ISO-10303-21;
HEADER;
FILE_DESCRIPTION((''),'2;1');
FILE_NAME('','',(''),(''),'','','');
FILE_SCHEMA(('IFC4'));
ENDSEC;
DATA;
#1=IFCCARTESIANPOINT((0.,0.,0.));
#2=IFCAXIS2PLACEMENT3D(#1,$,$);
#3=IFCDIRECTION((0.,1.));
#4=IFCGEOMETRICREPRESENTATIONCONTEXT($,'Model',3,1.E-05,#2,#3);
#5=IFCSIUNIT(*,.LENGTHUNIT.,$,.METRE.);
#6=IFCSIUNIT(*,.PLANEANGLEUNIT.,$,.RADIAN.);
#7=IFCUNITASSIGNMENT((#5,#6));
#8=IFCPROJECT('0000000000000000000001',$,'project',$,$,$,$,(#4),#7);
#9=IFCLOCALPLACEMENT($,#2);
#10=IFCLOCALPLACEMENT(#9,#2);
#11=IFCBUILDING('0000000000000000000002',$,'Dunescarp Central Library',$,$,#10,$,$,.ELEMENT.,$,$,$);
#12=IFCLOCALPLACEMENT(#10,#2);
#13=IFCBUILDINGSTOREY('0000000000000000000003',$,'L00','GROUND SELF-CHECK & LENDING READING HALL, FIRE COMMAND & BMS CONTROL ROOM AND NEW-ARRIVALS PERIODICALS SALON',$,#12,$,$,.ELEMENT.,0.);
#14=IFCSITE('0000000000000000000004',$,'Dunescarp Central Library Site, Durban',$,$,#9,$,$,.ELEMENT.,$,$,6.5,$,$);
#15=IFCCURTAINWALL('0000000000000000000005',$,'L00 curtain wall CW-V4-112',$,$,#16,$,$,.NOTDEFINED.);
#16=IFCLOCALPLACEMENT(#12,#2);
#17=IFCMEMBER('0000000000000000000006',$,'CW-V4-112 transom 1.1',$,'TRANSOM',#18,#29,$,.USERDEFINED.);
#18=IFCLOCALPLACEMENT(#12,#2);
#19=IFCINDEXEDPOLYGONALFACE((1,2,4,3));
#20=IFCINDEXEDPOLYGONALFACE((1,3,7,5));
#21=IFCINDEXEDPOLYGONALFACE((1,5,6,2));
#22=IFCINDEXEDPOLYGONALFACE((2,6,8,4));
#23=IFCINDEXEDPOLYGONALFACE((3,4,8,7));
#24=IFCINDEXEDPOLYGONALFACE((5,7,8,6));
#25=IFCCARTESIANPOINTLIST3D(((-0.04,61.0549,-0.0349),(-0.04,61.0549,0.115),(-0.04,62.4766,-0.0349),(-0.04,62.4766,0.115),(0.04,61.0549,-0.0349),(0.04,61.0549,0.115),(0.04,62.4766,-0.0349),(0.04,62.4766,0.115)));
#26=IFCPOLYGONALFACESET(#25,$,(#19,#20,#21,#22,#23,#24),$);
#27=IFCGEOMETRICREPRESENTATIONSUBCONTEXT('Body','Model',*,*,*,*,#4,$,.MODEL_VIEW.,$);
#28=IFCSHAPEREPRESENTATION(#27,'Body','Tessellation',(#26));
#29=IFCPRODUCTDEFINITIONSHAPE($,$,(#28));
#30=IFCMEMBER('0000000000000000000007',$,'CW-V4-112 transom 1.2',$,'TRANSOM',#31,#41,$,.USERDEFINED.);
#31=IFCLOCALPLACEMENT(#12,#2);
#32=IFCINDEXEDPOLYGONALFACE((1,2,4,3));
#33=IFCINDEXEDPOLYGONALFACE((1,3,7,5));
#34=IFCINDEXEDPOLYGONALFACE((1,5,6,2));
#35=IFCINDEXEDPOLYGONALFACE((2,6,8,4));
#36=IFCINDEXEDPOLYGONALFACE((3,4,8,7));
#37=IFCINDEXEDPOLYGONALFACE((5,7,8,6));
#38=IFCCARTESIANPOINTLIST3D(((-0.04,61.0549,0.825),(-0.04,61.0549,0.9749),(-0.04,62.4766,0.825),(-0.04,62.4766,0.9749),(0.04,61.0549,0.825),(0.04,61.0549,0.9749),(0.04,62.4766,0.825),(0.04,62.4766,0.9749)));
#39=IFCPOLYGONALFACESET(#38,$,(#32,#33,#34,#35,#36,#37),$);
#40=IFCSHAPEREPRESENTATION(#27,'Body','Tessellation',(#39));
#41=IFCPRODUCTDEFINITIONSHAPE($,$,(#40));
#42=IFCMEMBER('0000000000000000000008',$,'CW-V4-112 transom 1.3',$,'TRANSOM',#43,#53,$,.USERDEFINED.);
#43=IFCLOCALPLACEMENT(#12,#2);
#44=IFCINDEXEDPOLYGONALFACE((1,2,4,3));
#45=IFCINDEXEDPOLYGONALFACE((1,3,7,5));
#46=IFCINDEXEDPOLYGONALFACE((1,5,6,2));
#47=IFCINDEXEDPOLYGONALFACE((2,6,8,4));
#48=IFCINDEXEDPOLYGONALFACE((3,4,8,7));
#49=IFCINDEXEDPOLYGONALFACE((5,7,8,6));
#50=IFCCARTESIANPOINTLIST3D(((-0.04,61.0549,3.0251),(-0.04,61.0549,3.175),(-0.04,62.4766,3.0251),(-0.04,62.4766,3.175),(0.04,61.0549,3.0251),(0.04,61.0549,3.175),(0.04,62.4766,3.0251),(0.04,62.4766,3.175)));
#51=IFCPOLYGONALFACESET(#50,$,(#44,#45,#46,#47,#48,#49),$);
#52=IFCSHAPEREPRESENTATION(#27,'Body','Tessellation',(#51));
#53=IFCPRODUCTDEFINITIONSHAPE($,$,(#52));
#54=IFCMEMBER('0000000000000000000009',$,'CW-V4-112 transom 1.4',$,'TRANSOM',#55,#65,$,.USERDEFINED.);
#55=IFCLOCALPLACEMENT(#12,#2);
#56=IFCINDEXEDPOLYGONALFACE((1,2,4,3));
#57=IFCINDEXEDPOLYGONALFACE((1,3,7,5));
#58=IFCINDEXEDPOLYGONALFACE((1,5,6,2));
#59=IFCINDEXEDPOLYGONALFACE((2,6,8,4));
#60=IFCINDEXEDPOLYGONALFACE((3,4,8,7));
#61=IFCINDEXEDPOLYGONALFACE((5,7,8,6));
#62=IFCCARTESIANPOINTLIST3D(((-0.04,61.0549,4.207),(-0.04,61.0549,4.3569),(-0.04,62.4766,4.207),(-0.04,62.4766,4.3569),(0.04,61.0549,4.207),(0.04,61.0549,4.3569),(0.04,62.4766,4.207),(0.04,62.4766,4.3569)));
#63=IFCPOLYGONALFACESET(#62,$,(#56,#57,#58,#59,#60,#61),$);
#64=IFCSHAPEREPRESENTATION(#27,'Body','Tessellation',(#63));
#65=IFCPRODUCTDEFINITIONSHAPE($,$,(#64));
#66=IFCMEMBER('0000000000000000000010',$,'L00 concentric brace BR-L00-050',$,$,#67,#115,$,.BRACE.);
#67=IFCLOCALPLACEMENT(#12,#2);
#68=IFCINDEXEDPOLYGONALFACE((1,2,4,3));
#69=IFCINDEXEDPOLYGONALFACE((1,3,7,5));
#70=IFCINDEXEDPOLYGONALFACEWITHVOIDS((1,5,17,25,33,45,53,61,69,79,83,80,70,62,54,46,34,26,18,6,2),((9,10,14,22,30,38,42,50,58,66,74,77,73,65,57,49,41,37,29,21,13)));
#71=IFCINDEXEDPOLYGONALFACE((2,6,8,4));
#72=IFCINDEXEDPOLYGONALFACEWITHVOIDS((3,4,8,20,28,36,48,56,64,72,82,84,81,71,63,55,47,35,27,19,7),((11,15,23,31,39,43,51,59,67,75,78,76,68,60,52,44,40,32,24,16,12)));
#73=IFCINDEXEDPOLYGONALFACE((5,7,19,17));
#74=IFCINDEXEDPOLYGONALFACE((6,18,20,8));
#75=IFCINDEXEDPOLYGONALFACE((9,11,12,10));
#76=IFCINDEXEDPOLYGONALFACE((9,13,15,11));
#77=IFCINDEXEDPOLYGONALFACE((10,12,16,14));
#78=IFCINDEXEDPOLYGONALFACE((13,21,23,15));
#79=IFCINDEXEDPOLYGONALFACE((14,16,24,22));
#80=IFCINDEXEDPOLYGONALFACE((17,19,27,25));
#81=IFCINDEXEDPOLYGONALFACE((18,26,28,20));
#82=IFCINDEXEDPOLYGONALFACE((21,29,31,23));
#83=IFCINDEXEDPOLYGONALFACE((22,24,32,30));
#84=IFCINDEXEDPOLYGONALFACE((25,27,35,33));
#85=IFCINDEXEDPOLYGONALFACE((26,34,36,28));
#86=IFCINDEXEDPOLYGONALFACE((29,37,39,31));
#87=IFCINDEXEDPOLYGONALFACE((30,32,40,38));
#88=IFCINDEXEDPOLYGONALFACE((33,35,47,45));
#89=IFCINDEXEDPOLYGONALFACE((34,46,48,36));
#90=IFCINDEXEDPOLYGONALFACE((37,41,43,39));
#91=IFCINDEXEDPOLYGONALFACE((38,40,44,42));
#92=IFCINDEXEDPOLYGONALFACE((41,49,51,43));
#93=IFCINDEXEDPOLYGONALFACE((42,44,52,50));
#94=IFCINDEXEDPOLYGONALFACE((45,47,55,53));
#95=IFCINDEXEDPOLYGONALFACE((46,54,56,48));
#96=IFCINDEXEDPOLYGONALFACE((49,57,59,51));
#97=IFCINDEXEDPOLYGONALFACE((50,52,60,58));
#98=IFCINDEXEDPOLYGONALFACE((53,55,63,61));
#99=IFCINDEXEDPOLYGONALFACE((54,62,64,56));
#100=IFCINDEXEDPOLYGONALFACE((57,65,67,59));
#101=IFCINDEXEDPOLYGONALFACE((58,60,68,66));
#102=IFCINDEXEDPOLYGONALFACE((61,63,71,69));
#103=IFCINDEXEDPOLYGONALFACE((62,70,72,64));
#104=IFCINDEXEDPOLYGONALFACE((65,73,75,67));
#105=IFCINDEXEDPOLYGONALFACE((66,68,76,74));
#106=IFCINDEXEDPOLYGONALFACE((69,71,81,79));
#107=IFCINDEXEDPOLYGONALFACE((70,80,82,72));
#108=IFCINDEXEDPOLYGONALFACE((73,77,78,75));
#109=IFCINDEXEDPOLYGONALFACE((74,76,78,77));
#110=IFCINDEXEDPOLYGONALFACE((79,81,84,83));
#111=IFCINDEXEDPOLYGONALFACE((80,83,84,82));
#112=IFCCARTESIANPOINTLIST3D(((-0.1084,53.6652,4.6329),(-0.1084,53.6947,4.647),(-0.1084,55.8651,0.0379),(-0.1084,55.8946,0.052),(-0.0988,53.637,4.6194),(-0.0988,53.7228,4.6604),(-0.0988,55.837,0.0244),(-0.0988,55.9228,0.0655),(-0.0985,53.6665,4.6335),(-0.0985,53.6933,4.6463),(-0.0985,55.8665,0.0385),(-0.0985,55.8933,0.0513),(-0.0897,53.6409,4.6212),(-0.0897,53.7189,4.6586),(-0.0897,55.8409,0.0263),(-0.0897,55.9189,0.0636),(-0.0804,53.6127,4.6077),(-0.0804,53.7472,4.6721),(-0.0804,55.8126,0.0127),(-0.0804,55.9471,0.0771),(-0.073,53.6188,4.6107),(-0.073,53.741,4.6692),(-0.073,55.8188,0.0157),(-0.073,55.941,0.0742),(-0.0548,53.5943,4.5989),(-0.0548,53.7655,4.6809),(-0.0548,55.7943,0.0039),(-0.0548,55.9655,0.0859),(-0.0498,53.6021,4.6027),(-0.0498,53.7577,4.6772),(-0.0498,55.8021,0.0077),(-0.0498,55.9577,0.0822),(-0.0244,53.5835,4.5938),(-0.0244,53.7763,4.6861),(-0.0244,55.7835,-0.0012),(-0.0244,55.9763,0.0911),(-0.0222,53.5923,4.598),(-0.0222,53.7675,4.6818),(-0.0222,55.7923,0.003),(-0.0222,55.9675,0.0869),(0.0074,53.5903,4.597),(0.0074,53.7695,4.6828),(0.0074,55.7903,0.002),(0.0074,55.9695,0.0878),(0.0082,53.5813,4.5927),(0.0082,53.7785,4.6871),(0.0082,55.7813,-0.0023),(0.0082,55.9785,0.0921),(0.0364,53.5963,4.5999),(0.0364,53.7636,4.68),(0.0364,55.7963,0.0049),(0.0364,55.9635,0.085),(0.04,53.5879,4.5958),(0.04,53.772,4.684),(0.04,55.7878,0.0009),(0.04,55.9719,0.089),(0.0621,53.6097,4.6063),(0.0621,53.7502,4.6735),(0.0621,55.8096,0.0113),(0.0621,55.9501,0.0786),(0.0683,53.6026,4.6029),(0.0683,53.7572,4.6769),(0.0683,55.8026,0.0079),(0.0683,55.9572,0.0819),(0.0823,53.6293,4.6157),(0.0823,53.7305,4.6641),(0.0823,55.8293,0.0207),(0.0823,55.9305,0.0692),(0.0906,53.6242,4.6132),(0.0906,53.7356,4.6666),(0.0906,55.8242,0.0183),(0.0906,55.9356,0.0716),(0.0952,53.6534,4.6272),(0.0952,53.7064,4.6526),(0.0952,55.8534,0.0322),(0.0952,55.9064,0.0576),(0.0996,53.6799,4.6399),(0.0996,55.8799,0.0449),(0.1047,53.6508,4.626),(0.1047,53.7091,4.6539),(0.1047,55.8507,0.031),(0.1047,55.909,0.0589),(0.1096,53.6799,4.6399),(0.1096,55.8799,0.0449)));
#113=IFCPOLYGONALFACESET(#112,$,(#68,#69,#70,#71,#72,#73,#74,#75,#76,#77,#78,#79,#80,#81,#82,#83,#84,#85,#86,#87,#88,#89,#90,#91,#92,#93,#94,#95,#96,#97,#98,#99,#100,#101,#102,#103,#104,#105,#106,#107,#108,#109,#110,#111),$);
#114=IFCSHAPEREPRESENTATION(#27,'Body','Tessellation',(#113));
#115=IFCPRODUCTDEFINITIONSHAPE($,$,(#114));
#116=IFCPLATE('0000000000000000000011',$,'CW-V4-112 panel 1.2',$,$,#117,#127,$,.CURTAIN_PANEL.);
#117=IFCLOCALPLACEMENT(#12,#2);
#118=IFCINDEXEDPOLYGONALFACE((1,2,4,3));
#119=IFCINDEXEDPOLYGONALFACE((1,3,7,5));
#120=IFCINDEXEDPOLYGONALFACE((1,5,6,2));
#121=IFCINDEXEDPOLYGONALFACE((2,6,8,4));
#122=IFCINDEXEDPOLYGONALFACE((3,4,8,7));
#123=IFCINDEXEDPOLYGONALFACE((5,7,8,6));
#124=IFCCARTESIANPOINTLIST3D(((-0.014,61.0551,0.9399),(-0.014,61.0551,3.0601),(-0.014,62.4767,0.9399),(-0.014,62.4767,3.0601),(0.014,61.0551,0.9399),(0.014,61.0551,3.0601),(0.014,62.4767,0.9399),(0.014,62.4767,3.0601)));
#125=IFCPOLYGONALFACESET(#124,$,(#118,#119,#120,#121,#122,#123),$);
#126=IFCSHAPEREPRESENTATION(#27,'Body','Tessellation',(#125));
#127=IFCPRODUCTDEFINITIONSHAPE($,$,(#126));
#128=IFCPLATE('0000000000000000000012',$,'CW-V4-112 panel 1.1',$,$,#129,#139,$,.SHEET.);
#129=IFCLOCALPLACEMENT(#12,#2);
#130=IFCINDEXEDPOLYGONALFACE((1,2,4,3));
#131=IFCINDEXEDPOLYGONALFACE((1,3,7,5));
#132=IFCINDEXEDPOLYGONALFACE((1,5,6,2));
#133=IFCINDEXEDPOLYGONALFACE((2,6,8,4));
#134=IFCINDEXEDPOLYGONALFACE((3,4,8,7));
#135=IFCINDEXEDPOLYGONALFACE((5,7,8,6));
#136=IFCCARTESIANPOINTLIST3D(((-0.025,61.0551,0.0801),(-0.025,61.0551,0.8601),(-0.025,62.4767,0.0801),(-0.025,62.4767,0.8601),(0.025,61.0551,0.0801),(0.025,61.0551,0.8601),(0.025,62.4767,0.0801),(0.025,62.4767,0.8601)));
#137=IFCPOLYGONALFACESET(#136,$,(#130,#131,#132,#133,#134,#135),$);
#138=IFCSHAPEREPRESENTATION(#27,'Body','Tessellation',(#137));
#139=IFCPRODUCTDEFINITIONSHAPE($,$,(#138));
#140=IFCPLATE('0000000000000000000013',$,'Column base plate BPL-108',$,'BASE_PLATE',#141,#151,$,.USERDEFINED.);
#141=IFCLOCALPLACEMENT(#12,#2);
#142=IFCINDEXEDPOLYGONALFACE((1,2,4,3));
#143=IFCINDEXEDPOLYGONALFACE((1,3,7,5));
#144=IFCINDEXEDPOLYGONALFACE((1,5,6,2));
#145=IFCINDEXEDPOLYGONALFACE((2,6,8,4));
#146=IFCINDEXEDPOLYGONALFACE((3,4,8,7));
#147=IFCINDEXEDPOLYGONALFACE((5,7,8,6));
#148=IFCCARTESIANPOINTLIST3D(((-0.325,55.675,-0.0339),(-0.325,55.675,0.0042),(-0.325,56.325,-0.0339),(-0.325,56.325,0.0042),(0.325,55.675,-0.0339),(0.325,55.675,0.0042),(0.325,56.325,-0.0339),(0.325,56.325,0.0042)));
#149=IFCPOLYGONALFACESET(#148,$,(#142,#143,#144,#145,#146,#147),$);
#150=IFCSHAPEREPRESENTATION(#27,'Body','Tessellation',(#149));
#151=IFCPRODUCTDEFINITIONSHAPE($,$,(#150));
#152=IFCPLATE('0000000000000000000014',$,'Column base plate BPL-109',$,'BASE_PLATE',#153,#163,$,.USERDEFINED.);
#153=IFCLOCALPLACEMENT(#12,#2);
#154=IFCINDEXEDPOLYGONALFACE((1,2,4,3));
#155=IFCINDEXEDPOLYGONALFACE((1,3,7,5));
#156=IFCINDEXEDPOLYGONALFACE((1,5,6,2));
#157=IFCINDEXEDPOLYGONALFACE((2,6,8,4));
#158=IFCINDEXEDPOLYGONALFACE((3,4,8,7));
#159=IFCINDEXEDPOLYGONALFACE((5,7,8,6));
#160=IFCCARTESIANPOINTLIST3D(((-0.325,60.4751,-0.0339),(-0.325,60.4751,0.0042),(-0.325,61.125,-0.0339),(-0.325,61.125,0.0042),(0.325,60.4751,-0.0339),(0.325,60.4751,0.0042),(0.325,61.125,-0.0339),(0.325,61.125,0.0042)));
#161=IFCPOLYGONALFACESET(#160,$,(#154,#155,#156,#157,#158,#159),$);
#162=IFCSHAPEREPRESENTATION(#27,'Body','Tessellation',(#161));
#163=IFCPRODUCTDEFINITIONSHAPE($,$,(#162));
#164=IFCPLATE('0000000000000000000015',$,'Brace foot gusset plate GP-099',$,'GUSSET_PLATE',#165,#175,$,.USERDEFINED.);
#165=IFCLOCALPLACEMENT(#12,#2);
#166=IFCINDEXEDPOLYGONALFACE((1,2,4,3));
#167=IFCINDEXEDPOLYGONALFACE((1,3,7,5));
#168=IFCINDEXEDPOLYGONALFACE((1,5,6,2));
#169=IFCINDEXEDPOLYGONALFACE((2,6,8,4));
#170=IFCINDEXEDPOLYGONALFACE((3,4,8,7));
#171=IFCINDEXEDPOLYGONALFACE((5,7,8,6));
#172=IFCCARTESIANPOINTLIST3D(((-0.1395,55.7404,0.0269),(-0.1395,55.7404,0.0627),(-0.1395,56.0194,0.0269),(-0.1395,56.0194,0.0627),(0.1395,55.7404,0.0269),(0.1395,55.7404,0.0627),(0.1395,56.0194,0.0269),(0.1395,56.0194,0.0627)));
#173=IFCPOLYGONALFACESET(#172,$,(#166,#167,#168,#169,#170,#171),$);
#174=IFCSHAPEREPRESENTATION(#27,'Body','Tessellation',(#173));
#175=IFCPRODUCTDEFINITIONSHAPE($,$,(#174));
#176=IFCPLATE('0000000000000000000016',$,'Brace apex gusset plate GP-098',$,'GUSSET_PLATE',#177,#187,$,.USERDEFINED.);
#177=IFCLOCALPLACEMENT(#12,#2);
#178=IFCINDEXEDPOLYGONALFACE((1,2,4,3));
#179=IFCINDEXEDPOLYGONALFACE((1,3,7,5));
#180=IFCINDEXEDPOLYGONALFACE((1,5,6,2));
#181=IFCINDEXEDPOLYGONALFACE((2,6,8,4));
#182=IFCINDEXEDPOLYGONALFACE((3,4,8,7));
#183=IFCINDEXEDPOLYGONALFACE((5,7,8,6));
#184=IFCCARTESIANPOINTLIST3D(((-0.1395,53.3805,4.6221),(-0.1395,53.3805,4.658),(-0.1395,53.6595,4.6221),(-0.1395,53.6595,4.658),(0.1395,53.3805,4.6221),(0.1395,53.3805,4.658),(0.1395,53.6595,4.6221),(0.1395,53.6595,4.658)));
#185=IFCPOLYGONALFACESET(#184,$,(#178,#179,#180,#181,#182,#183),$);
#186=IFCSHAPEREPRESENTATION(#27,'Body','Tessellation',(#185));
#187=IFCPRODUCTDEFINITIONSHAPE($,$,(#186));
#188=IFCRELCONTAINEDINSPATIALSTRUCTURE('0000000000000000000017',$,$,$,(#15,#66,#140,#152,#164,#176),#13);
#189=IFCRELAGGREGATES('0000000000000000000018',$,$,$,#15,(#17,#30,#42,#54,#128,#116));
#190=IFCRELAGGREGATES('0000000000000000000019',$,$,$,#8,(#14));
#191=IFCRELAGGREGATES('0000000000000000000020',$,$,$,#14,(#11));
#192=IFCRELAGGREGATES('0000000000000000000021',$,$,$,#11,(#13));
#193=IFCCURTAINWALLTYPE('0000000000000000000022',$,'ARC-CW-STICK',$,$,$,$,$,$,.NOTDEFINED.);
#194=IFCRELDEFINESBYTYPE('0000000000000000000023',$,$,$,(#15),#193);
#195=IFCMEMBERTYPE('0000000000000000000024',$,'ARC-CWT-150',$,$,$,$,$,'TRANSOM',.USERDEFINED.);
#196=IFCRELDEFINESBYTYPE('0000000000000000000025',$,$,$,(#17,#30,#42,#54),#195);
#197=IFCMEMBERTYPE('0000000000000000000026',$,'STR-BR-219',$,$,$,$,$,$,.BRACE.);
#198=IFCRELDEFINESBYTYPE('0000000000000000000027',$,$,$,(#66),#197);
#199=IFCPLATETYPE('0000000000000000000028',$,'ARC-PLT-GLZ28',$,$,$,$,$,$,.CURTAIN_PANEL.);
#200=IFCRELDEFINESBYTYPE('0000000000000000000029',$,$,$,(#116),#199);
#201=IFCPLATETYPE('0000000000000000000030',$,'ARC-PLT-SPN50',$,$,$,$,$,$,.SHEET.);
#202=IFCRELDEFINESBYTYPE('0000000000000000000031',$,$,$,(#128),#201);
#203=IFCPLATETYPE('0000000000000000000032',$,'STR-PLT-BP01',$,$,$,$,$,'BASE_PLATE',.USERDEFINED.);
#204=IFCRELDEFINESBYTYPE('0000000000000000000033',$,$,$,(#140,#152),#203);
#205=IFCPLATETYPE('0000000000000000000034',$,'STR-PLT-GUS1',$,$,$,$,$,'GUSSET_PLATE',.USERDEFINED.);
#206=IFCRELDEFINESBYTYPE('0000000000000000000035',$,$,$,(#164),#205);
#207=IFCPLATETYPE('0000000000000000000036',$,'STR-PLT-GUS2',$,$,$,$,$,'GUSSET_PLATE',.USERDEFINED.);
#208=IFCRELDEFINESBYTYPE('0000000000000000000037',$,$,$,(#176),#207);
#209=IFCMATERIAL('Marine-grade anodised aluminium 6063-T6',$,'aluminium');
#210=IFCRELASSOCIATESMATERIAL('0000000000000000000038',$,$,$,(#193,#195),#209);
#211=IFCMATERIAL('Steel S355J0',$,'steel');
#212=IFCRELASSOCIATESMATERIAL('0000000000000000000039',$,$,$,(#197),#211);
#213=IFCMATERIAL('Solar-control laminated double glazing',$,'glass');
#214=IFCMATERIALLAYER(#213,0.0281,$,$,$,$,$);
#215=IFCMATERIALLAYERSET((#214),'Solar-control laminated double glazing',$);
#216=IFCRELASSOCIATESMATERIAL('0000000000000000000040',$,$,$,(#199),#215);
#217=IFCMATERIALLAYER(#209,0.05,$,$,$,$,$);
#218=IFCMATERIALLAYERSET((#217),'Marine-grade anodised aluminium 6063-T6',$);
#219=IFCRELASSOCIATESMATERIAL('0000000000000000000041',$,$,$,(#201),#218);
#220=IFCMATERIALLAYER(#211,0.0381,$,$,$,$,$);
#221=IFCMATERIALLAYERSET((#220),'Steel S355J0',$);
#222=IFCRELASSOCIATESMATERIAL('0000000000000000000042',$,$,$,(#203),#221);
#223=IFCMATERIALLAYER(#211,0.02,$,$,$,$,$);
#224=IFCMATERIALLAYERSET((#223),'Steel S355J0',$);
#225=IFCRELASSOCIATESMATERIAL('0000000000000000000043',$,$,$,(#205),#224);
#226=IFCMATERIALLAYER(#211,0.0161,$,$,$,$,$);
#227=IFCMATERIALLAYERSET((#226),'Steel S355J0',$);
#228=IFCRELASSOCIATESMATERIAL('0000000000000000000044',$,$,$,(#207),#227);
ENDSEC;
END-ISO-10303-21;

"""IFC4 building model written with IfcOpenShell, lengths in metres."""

from ifc_helpers import new_model, si_unit, direction, frame, origin, origin_2d, place, context, subcontext, project, spatial, rectangle, hollow_circle, extrude, material, layer, layer_set, material_profile, profile_set, type_object, element, aggregate, save


model = new_model("IFC4")

# Units and contexts
model_context = context("Model", 3, precision=1e-05, world=origin(), true_north=direction((0.0, 1.0)))
body_context = subcontext(model_context, "Body", "Model", "MODEL_VIEW")
ifc_project = project(units=[si_unit("LENGTHUNIT", "METRE"), si_unit("PLANEANGLEUNIT", "RADIAN")], contexts=[model_context])

# Site, building, storey
site_placement = place(None, origin())
site = spatial("IfcSite", under=ifc_project, at=site_placement, Name="Dunescarp Central Library Site, Durban", CompositionType="ELEMENT", RefElevation=6.5)
building_placement = place(site_placement, origin())
building = spatial("IfcBuilding", under=site, at=building_placement, Name="Dunescarp Central Library", CompositionType="ELEMENT")
storey_placement = place(building_placement, origin())
storey = spatial("IfcBuildingStorey", under=building, at=storey_placement, Name="L00", Description="GROUND SELF-CHECK & LENDING READING HALL, FIRE COMMAND & BMS CONTROL ROOM AND NEW-ARRIVALS PERIODICALS SALON", CompositionType="ELEMENT", Elevation=0.0)

# Curtain wall, members
ifc_material_1 = material(Name="Marine-grade anodised aluminium 6063-T6", Category="aluminium")
curtain_wall_type = type_object("IfcCurtainWallType", Name="ARC-CW-STICK", PredefinedType="NOTDEFINED", material=ifc_material_1)
curtain_wall_placement = place(storey_placement, origin())
curtain_wall = element("IfcCurtainWall", 1, at=curtain_wall_placement, inside=storey, type_object=curtain_wall_type, Name="L00 curtain wall CW-V4-112", PredefinedType="NOTDEFINED")
ifc_material_profile_1 = material_profile(ifc_material_1, rectangle(XDim=0.0801, YDim=0.1499, at=origin_2d()), Name="AL 80x150")
ifc_profile_set_1 = profile_set([ifc_material_profile_1], Name="Marine-grade anodised aluminium 6063-T6")
member_type_1 = type_object("IfcMemberType", Name="ARC-CWT-150", ElementType="TRANSOM", PredefinedType="USERDEFINED", material=ifc_profile_set_1)
member_1_placement = place(storey_placement, frame((0.0, 61.0549, 0.04), z_axis=(0.0, 1.0, 0.0), x_axis=(-1.0, 0.0, 0.0)))
member_1 = element("IfcMember", 2, at=member_1_placement, type_object=member_type_1, Name="CW-V4-112 transom 1.1", ObjectType="TRANSOM", PredefinedType="USERDEFINED", context=body_context, shape_type="SweptSolid", body=[
    extrude(rectangle(XDim=0.0801, YDim=0.1499, at=origin_2d()), origin(), (0.0, 0.0, 1.0), 1.4216),
])
member_2_placement = place(storey_placement, frame((0.0, 61.0549, 0.8999), z_axis=(0.0, 1.0, 0.0), x_axis=(-1.0, 0.0, 0.0)))
member_2 = element("IfcMember", 3, at=member_2_placement, type_object=member_type_1, Name="CW-V4-112 transom 1.2", ObjectType="TRANSOM", PredefinedType="USERDEFINED", context=body_context, shape_type="SweptSolid", body=[
    extrude(rectangle(XDim=0.0801, YDim=0.1499, at=origin_2d()), origin(), (0.0, 0.0, 1.0), 1.4216),
])
member_3_placement = place(storey_placement, frame((0.0, 61.0549, 3.1001), z_axis=(0.0, 1.0, 0.0), x_axis=(-1.0, 0.0, 0.0)))
member_3 = element("IfcMember", 4, at=member_3_placement, type_object=member_type_1, Name="CW-V4-112 transom 1.3", ObjectType="TRANSOM", PredefinedType="USERDEFINED", context=body_context, shape_type="SweptSolid", body=[
    extrude(rectangle(XDim=0.0801, YDim=0.1499, at=origin_2d()), origin(), (0.0, 0.0, 1.0), 1.4216),
])
member_4_placement = place(storey_placement, frame((0.0, 61.0549, 4.282), z_axis=(0.0, 1.0, 0.0), x_axis=(-1.0, 0.0, 0.0)))
member_4 = element("IfcMember", 5, at=member_4_placement, type_object=member_type_1, Name="CW-V4-112 transom 1.4", ObjectType="TRANSOM", PredefinedType="USERDEFINED", context=body_context, shape_type="SweptSolid", body=[
    extrude(rectangle(XDim=0.0801, YDim=0.1499, at=origin_2d()), origin(), (0.0, 0.0, 1.0), 1.4216),
])

# Member
ifc_material_2 = material(Name="Steel S355J0", Category="steel")
ifc_material_profile_2 = material_profile(ifc_material_2, hollow_circle(Radius=0.1096, WallThickness=0.01, at=origin_2d()), Name="CHS 219.1x10")
ifc_profile_set_2 = profile_set([ifc_material_profile_2], Name="Steel S355J0")
member_type_2 = type_object("IfcMemberType", Name="STR-BR-219", PredefinedType="BRACE", material=ifc_profile_set_2)
member_5_placement = place(storey_placement, frame((0.0, 55.8799, 0.0449), z_axis=(0.0, -0.431832, 0.901954), x_axis=(1.0, 0.0, 0.0)))
element("IfcMember", 6, at=member_5_placement, inside=storey, type_object=member_type_2, Name="L00 concentric brace BR-L00-050", PredefinedType="BRACE", context=body_context, shape_type="SweptSolid", body=[
    extrude(hollow_circle(Radius=0.1096, WallThickness=0.01, at=origin_2d()), origin(), (0.0, 0.0, 1.0), 5.0945),
])

# Plates
ifc_material_3 = material(Name="Solar-control laminated double glazing", Category="glass")
ifc_layer_1 = layer(ifc_material_3, 0.0281)
ifc_layer_set_1 = layer_set([ifc_layer_1], Name="Solar-control laminated double glazing")
plate_type_1 = type_object("IfcPlateType", Name="ARC-PLT-GLZ28", PredefinedType="CURTAIN_PANEL", material=ifc_layer_set_1)
plate_1_placement = place(storey_placement, frame((0.0, 61.7659, 0.9399), z_axis=(0.0, 0.0, 1.0), x_axis=(0.0, 1.0, 0.0)))
plate_1 = element("IfcPlate", 7, at=plate_1_placement, type_object=plate_type_1, Name="CW-V4-112 panel 1.2", PredefinedType="CURTAIN_PANEL", context=body_context, shape_type="SweptSolid", body=[
    extrude(rectangle(XDim=1.4216, YDim=0.0281, at=origin_2d()), origin(), (0.0, 0.0, 1.0), 2.1201),
])
ifc_layer_2 = layer(ifc_material_1, 0.05)
ifc_layer_set_2 = layer_set([ifc_layer_2], Name="Marine-grade anodised aluminium 6063-T6")
plate_type_2 = type_object("IfcPlateType", Name="ARC-PLT-SPN50", PredefinedType="SHEET", material=ifc_layer_set_2)
plate_2_placement = place(storey_placement, frame((0.0, 61.7659, 0.0801), z_axis=(0.0, 0.0, 1.0), x_axis=(0.0, 1.0, 0.0)))
plate_2 = element("IfcPlate", 8, at=plate_2_placement, type_object=plate_type_2, Name="CW-V4-112 panel 1.1", PredefinedType="SHEET", context=body_context, shape_type="SweptSolid", body=[
    extrude(rectangle(XDim=1.4216, YDim=0.05, at=origin_2d()), origin(), (0.0, 0.0, 1.0), 0.78),
])
aggregate(curtain_wall, [member_1, member_2, member_3, member_4, plate_2, plate_1])

# Plates
ifc_layer_3 = layer(ifc_material_2, 0.0381)
ifc_layer_set_3 = layer_set([ifc_layer_3], Name="Steel S355J0")
plate_type_3 = type_object("IfcPlateType", Name="STR-PLT-BP01", ElementType="BASE_PLATE", PredefinedType="USERDEFINED", material=ifc_layer_set_3)
for number, where, z_axis, x_axis, name in (
    (9, (0.0, 56.0, -0.0339), (0.0, 0.0, 1.0), (1.0, 0.0, 0.0), "Column base plate BPL-108"),
    (10, (0.0, 60.8, -0.0339), (0.0, 0.0, 1.0), (1.0, 0.0, 0.0), "Column base plate BPL-109"),
):
    element("IfcPlate", number, at=place(storey_placement, frame(where, z_axis=z_axis, x_axis=x_axis)), inside=storey, type_object=plate_type_3, Name=name, ObjectType="BASE_PLATE", PredefinedType="USERDEFINED", context=body_context, shape_type="SweptSolid", body=[
        extrude(rectangle(XDim=0.6499, YDim=0.6499, at=origin_2d()), origin(), (0.0, 0.0, 1.0), 0.0381),
    ])
ifc_layer_4 = layer(ifc_material_2, 0.02)
ifc_layer_set_4 = layer_set([ifc_layer_4], Name="Steel S355J0")
plate_type_4 = type_object("IfcPlateType", Name="STR-PLT-GUS1", ElementType="GUSSET_PLATE", PredefinedType="USERDEFINED", material=ifc_layer_set_4)
plate_3_placement = place(storey_placement, frame((0.0, 55.8799, 0.0269), z_axis=(0.0, 0.0, 1.0), x_axis=(1.0, 0.0, 0.0)))
element("IfcPlate", 11, at=plate_3_placement, inside=storey, type_object=plate_type_4, Name="Brace foot gusset plate GP-099", ObjectType="GUSSET_PLATE", PredefinedType="USERDEFINED", context=body_context, shape_type="SweptSolid", body=[
    extrude(rectangle(XDim=0.2791, YDim=0.2791, at=origin_2d()), origin(), (0.0, 0.0, 1.0), 0.0359),
])
ifc_layer_5 = layer(ifc_material_2, 0.0161)
ifc_layer_set_5 = layer_set([ifc_layer_5], Name="Steel S355J0")
plate_type_5 = type_object("IfcPlateType", Name="STR-PLT-GUS2", ElementType="GUSSET_PLATE", PredefinedType="USERDEFINED", material=ifc_layer_set_5)
for number, where, z_axis, x_axis, name in (
    (12, (0.0, 53.52, 4.6221), (0.0, 0.0, 1.0), (1.0, 0.0, 0.0), "Brace apex gusset plate GP-098"),
):
    element("IfcPlate", number, at=place(storey_placement, frame(where, z_axis=z_axis, x_axis=x_axis)), inside=storey, type_object=plate_type_5, Name=name, ObjectType="GUSSET_PLATE", PredefinedType="USERDEFINED", context=body_context, shape_type="SweptSolid", body=[
        extrude(rectangle(XDim=0.2791, YDim=0.2791, at=origin_2d()), origin(), (0.0, 0.0, 1.0), 0.0359),
    ])

save(model, "model.ifc")
